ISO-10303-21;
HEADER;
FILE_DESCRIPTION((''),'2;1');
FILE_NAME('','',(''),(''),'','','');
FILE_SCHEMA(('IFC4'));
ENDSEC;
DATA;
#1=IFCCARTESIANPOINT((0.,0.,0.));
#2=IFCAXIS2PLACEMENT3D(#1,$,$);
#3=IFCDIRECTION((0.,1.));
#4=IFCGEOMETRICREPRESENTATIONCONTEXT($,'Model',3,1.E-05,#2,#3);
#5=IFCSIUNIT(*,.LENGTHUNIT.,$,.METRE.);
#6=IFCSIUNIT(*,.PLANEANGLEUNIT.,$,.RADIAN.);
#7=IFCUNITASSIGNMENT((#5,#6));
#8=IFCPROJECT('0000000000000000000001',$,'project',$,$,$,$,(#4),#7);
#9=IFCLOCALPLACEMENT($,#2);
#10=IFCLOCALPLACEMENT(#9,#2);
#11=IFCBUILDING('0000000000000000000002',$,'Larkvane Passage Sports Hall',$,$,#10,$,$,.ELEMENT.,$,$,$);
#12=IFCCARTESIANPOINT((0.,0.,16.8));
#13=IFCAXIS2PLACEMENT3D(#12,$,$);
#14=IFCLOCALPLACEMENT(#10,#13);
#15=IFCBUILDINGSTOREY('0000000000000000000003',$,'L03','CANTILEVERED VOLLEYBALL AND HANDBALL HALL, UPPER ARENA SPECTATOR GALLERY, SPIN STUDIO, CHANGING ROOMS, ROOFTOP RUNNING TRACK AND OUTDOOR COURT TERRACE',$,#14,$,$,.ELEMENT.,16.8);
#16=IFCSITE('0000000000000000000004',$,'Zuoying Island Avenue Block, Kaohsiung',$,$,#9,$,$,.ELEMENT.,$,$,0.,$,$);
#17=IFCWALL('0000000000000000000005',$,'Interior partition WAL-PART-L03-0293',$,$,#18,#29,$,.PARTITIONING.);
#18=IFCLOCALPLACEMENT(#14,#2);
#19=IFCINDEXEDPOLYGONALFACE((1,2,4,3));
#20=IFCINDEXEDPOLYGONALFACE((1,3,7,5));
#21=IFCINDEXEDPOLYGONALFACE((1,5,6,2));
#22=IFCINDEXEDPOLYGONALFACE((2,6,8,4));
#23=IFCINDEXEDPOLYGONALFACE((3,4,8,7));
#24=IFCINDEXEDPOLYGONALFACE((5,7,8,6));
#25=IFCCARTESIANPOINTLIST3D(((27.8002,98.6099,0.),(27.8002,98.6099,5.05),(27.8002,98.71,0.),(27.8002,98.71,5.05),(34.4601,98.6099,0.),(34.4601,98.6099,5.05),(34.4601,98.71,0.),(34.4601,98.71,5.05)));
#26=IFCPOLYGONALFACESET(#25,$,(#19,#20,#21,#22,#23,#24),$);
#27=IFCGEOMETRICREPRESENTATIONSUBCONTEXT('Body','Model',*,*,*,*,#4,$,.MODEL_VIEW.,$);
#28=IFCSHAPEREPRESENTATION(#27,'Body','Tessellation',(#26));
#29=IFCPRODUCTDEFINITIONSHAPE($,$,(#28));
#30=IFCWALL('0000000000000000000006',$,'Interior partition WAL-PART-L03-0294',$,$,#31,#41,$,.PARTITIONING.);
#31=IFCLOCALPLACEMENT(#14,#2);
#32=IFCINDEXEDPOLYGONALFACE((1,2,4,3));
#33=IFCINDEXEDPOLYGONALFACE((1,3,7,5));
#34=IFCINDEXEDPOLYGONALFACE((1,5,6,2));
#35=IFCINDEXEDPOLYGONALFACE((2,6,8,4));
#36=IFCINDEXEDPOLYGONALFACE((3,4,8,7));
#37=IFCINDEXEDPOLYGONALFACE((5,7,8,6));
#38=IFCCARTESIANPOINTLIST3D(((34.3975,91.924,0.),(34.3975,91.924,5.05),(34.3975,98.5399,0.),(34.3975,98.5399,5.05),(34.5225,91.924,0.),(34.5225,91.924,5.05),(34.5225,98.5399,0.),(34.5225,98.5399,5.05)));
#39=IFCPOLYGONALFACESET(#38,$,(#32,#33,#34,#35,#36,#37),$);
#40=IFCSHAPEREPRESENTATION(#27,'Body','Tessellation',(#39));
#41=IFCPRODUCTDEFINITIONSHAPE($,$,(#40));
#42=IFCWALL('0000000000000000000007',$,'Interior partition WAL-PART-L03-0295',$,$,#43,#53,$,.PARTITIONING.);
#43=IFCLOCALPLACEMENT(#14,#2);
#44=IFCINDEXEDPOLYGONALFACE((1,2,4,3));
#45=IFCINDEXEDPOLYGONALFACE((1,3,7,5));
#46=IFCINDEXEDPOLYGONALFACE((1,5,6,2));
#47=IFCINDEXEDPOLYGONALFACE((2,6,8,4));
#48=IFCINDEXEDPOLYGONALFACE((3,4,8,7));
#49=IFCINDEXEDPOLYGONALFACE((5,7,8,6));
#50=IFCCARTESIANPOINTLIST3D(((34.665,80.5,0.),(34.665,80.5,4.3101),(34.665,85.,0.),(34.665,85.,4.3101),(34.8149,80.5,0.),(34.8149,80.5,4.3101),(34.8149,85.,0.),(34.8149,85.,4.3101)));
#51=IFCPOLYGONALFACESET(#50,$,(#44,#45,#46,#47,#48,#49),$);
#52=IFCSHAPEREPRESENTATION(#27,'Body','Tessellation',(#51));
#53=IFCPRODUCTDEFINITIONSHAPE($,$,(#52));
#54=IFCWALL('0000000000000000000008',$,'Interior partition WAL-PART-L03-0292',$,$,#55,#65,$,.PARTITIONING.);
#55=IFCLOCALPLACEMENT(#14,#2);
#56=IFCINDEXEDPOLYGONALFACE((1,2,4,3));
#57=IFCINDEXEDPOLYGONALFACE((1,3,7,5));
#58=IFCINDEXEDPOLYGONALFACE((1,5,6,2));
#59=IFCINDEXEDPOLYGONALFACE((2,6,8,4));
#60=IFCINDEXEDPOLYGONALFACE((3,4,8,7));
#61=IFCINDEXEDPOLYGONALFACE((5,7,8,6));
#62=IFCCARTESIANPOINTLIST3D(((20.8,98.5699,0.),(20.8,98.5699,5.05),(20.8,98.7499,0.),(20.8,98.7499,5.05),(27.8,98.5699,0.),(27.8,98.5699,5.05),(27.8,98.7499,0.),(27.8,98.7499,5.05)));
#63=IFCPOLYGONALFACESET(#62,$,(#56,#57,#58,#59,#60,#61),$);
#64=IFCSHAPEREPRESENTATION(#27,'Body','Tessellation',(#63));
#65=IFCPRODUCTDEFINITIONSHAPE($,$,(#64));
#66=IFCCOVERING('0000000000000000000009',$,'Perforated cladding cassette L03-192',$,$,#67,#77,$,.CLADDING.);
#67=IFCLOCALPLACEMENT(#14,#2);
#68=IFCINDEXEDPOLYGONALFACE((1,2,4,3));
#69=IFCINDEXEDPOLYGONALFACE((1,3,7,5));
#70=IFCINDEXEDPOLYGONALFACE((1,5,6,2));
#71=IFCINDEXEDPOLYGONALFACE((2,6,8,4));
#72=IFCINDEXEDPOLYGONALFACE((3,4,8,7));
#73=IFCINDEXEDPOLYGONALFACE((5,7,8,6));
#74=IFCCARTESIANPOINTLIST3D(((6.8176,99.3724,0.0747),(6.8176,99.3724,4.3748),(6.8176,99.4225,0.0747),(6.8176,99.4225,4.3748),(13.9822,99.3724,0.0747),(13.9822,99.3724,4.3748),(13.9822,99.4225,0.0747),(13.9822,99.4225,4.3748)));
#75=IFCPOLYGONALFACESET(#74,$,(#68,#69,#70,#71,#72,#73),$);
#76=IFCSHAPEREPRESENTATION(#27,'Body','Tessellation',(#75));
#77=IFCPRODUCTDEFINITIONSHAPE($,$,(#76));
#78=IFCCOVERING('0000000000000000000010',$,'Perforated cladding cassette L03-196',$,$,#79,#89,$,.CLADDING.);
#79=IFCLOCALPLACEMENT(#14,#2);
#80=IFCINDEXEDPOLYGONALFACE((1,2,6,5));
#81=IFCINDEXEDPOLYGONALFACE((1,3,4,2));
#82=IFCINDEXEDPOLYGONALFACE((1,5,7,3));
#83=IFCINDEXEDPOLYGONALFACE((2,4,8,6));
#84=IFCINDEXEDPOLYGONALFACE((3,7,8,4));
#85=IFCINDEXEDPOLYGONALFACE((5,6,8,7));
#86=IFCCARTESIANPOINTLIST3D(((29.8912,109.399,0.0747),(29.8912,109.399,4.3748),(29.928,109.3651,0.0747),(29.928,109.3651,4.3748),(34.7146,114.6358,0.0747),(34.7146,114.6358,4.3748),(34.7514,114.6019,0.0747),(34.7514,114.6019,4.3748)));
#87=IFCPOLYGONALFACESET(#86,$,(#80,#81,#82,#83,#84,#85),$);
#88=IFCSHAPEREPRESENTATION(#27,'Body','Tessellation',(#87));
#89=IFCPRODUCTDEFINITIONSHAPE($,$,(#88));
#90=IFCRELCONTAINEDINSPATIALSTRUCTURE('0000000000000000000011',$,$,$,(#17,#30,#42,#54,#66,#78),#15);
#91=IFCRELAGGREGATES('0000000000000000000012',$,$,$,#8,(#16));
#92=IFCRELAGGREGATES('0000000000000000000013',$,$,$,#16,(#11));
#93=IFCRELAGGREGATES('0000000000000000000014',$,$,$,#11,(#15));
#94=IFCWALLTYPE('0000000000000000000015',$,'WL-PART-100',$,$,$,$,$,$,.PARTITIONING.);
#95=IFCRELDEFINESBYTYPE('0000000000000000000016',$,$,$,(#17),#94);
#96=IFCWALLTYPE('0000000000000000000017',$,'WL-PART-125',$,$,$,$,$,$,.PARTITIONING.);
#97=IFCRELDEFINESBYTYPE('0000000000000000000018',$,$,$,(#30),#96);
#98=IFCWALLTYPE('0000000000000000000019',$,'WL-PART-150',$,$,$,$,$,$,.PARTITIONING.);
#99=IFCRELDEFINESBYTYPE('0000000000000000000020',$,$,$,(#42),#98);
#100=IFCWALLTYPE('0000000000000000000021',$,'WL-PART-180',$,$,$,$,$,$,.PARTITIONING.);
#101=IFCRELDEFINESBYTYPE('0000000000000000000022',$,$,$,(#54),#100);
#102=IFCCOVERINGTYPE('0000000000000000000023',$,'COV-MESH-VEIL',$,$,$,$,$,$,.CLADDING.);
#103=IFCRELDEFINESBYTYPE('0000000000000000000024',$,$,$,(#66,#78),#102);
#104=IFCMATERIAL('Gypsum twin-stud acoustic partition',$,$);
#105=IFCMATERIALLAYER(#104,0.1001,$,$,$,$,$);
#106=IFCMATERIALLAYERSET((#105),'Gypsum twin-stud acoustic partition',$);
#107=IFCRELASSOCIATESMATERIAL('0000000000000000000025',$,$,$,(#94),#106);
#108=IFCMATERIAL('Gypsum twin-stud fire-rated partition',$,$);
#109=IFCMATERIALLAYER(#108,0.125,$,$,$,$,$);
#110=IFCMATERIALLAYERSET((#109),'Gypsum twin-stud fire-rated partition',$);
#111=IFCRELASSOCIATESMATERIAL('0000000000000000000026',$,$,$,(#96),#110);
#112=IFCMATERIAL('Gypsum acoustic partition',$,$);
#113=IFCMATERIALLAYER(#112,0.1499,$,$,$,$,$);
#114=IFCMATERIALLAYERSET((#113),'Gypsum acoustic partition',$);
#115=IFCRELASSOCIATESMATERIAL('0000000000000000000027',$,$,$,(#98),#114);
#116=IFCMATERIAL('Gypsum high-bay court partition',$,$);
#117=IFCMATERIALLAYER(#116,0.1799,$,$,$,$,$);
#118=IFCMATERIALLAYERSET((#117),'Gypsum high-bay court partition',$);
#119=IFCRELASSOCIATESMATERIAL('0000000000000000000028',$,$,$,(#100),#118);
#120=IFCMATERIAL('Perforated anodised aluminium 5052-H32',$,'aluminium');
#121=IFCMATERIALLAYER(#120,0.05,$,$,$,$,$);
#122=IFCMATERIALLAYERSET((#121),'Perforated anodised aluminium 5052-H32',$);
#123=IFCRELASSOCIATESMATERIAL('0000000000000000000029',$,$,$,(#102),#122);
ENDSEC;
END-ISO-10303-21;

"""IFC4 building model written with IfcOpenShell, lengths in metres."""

from ifc_helpers import new_model, si_unit, direction, frame, frame_2d, origin, origin_2d, place, context, subcontext, project, spatial, rectangle, extrude, material, layer, layer_set, type_object, element, save


model = new_model("IFC4")

# Units and contexts
model_context = context("Model", 3, precision=1e-05, world=origin(), true_north=direction((0.0, 1.0)))
body_context = subcontext(model_context, "Body", "Model", "MODEL_VIEW")
ifc_project = project(units=[si_unit("LENGTHUNIT", "METRE"), si_unit("PLANEANGLEUNIT", "RADIAN")], contexts=[model_context])

# Site, building, storey
site_placement = place(None, origin())
site = spatial("IfcSite", under=ifc_project, at=site_placement, Name="Zuoying Island Avenue Block, Kaohsiung", CompositionType="ELEMENT", RefElevation=0.0)
building_placement = place(site_placement, origin())
building = spatial("IfcBuilding", under=site, at=building_placement, Name="Larkvane Passage Sports Hall", CompositionType="ELEMENT")
storey_placement = place(building_placement, frame((0.0, 0.0, 16.8)))
storey = spatial("IfcBuildingStorey", under=building, at=storey_placement, Name="L03", Description="CANTILEVERED VOLLEYBALL AND HANDBALL HALL, UPPER ARENA SPECTATOR GALLERY, SPIN STUDIO, CHANGING ROOMS, ROOFTOP RUNNING TRACK AND OUTDOOR COURT TERRACE", CompositionType="ELEMENT", Elevation=16.8)

# Walls
ifc_material_1 = material(Name="Gypsum twin-stud acoustic partition")
ifc_layer_1 = layer(ifc_material_1, 0.1001)
ifc_layer_set_1 = layer_set([ifc_layer_1], Name="Gypsum twin-stud acoustic partition")
wall_type_1 = type_object("IfcWallType", Name="WL-PART-100", PredefinedType="PARTITIONING", material=ifc_layer_set_1)
wall_1_placement = place(storey_placement, frame((27.8, 98.6599, 0.0), z_axis=(0.0, 0.0, 1.0), x_axis=(1.0, 0.0, 0.0)))
element("IfcWall", 1, at=wall_1_placement, inside=storey, type_object=wall_type_1, Name="Interior partition WAL-PART-L03-0293", PredefinedType="PARTITIONING", context=body_context, shape_type="SweptSolid", body=[
    extrude(rectangle(XDim=6.6599, YDim=0.1001, at=frame_2d((3.3301, 0.0))), origin(), (0.0, 0.0, 1.0), 5.05),
])
ifc_material_2 = material(Name="Gypsum twin-stud fire-rated partition")
ifc_layer_2 = layer(ifc_material_2, 0.125)
ifc_layer_set_2 = layer_set([ifc_layer_2], Name="Gypsum twin-stud fire-rated partition")
wall_type_2 = type_object("IfcWallType", Name="WL-PART-125", PredefinedType="PARTITIONING", material=ifc_layer_set_2)
wall_2_placement = place(storey_placement, frame((34.46, 98.54, 0.0), z_axis=(0.0, 0.0, 1.0), x_axis=(0.0, -1.0, 0.0)))
element("IfcWall", 2, at=wall_2_placement, inside=storey, type_object=wall_type_2, Name="Interior partition WAL-PART-L03-0294", PredefinedType="PARTITIONING", context=body_context, shape_type="SweptSolid", body=[
    extrude(rectangle(XDim=6.616, YDim=0.125, at=frame_2d((3.3081, 0.0))), origin(), (0.0, 0.0, 1.0), 5.05),
])
ifc_material_3 = material(Name="Gypsum acoustic partition")
ifc_layer_3 = layer(ifc_material_3, 0.1499)
ifc_layer_set_3 = layer_set([ifc_layer_3], Name="Gypsum acoustic partition")
wall_type_3 = type_object("IfcWallType", Name="WL-PART-150", PredefinedType="PARTITIONING", material=ifc_layer_set_3)
wall_3_placement = place(storey_placement, frame((34.74, 85.0, 0.0), z_axis=(0.0, 0.0, 1.0), x_axis=(0.0, -1.0, 0.0)))
element("IfcWall", 3, at=wall_3_placement, inside=storey, type_object=wall_type_3, Name="Interior partition WAL-PART-L03-0295", PredefinedType="PARTITIONING", context=body_context, shape_type="SweptSolid", body=[
    extrude(rectangle(XDim=4.5, YDim=0.1499, at=frame_2d((2.25, 0.0))), origin(), (0.0, 0.0, 1.0), 4.3101),
])
ifc_material_4 = material(Name="Gypsum high-bay court partition")
ifc_layer_4 = layer(ifc_material_4, 0.1799)
ifc_layer_set_4 = layer_set([ifc_layer_4], Name="Gypsum high-bay court partition")
wall_type_4 = type_object("IfcWallType", Name="WL-PART-180", PredefinedType="PARTITIONING", material=ifc_layer_set_4)
wall_4_placement = place(storey_placement, frame((20.8, 98.6599, 0.0), z_axis=(0.0, 0.0, 1.0), x_axis=(1.0, 0.0, 0.0)))
element("IfcWall", 4, at=wall_4_placement, inside=storey, type_object=wall_type_4, Name="Interior partition WAL-PART-L03-0292", PredefinedType="PARTITIONING", context=body_context, shape_type="SweptSolid", body=[
    extrude(rectangle(XDim=7.0, YDim=0.1799, at=frame_2d((3.5, 0.0))), origin(), (0.0, 0.0, 1.0), 5.05),
])

# Coverings
ifc_material_5 = material(Name="Perforated anodised aluminium 5052-H32", Category="aluminium")
ifc_layer_5 = layer(ifc_material_5, 0.05)
ifc_layer_set_5 = layer_set([ifc_layer_5], Name="Perforated anodised aluminium 5052-H32")
covering_type = type_object("IfcCoveringType", Name="COV-MESH-VEIL", PredefinedType="CLADDING", material=ifc_layer_set_5)
covering_1_placement = place(storey_placement, frame((10.3999, 99.3975, 0.0747), z_axis=(0.0, 0.0, 1.0), x_axis=(1.0, 0.0, 0.0)))
element("IfcCovering", 5, at=covering_1_placement, inside=storey, type_object=covering_type, Name="Perforated cladding cassette L03-192", PredefinedType="CLADDING", context=body_context, shape_type="SweptSolid", body=[
    extrude(rectangle(XDim=7.1646, YDim=0.05, at=origin_2d()), origin(), (0.0, 0.0, 1.0), 4.3),
])
covering_2_placement = place(storey_placement, frame((32.3213, 112.0005, 0.0747), z_axis=(0.0, 0.0, 1.0), x_axis=(0.677476, 0.735545, 0.0)))
element("IfcCovering", 6, at=covering_2_placement, inside=storey, type_object=covering_type, Name="Perforated cladding cassette L03-196", PredefinedType="CLADDING", context=body_context, shape_type="SweptSolid", body=[
    extrude(rectangle(XDim=7.1196, YDim=0.05, at=origin_2d()), origin(), (0.0, 0.0, 1.0), 4.3),
])

save(model, "model.ifc")
